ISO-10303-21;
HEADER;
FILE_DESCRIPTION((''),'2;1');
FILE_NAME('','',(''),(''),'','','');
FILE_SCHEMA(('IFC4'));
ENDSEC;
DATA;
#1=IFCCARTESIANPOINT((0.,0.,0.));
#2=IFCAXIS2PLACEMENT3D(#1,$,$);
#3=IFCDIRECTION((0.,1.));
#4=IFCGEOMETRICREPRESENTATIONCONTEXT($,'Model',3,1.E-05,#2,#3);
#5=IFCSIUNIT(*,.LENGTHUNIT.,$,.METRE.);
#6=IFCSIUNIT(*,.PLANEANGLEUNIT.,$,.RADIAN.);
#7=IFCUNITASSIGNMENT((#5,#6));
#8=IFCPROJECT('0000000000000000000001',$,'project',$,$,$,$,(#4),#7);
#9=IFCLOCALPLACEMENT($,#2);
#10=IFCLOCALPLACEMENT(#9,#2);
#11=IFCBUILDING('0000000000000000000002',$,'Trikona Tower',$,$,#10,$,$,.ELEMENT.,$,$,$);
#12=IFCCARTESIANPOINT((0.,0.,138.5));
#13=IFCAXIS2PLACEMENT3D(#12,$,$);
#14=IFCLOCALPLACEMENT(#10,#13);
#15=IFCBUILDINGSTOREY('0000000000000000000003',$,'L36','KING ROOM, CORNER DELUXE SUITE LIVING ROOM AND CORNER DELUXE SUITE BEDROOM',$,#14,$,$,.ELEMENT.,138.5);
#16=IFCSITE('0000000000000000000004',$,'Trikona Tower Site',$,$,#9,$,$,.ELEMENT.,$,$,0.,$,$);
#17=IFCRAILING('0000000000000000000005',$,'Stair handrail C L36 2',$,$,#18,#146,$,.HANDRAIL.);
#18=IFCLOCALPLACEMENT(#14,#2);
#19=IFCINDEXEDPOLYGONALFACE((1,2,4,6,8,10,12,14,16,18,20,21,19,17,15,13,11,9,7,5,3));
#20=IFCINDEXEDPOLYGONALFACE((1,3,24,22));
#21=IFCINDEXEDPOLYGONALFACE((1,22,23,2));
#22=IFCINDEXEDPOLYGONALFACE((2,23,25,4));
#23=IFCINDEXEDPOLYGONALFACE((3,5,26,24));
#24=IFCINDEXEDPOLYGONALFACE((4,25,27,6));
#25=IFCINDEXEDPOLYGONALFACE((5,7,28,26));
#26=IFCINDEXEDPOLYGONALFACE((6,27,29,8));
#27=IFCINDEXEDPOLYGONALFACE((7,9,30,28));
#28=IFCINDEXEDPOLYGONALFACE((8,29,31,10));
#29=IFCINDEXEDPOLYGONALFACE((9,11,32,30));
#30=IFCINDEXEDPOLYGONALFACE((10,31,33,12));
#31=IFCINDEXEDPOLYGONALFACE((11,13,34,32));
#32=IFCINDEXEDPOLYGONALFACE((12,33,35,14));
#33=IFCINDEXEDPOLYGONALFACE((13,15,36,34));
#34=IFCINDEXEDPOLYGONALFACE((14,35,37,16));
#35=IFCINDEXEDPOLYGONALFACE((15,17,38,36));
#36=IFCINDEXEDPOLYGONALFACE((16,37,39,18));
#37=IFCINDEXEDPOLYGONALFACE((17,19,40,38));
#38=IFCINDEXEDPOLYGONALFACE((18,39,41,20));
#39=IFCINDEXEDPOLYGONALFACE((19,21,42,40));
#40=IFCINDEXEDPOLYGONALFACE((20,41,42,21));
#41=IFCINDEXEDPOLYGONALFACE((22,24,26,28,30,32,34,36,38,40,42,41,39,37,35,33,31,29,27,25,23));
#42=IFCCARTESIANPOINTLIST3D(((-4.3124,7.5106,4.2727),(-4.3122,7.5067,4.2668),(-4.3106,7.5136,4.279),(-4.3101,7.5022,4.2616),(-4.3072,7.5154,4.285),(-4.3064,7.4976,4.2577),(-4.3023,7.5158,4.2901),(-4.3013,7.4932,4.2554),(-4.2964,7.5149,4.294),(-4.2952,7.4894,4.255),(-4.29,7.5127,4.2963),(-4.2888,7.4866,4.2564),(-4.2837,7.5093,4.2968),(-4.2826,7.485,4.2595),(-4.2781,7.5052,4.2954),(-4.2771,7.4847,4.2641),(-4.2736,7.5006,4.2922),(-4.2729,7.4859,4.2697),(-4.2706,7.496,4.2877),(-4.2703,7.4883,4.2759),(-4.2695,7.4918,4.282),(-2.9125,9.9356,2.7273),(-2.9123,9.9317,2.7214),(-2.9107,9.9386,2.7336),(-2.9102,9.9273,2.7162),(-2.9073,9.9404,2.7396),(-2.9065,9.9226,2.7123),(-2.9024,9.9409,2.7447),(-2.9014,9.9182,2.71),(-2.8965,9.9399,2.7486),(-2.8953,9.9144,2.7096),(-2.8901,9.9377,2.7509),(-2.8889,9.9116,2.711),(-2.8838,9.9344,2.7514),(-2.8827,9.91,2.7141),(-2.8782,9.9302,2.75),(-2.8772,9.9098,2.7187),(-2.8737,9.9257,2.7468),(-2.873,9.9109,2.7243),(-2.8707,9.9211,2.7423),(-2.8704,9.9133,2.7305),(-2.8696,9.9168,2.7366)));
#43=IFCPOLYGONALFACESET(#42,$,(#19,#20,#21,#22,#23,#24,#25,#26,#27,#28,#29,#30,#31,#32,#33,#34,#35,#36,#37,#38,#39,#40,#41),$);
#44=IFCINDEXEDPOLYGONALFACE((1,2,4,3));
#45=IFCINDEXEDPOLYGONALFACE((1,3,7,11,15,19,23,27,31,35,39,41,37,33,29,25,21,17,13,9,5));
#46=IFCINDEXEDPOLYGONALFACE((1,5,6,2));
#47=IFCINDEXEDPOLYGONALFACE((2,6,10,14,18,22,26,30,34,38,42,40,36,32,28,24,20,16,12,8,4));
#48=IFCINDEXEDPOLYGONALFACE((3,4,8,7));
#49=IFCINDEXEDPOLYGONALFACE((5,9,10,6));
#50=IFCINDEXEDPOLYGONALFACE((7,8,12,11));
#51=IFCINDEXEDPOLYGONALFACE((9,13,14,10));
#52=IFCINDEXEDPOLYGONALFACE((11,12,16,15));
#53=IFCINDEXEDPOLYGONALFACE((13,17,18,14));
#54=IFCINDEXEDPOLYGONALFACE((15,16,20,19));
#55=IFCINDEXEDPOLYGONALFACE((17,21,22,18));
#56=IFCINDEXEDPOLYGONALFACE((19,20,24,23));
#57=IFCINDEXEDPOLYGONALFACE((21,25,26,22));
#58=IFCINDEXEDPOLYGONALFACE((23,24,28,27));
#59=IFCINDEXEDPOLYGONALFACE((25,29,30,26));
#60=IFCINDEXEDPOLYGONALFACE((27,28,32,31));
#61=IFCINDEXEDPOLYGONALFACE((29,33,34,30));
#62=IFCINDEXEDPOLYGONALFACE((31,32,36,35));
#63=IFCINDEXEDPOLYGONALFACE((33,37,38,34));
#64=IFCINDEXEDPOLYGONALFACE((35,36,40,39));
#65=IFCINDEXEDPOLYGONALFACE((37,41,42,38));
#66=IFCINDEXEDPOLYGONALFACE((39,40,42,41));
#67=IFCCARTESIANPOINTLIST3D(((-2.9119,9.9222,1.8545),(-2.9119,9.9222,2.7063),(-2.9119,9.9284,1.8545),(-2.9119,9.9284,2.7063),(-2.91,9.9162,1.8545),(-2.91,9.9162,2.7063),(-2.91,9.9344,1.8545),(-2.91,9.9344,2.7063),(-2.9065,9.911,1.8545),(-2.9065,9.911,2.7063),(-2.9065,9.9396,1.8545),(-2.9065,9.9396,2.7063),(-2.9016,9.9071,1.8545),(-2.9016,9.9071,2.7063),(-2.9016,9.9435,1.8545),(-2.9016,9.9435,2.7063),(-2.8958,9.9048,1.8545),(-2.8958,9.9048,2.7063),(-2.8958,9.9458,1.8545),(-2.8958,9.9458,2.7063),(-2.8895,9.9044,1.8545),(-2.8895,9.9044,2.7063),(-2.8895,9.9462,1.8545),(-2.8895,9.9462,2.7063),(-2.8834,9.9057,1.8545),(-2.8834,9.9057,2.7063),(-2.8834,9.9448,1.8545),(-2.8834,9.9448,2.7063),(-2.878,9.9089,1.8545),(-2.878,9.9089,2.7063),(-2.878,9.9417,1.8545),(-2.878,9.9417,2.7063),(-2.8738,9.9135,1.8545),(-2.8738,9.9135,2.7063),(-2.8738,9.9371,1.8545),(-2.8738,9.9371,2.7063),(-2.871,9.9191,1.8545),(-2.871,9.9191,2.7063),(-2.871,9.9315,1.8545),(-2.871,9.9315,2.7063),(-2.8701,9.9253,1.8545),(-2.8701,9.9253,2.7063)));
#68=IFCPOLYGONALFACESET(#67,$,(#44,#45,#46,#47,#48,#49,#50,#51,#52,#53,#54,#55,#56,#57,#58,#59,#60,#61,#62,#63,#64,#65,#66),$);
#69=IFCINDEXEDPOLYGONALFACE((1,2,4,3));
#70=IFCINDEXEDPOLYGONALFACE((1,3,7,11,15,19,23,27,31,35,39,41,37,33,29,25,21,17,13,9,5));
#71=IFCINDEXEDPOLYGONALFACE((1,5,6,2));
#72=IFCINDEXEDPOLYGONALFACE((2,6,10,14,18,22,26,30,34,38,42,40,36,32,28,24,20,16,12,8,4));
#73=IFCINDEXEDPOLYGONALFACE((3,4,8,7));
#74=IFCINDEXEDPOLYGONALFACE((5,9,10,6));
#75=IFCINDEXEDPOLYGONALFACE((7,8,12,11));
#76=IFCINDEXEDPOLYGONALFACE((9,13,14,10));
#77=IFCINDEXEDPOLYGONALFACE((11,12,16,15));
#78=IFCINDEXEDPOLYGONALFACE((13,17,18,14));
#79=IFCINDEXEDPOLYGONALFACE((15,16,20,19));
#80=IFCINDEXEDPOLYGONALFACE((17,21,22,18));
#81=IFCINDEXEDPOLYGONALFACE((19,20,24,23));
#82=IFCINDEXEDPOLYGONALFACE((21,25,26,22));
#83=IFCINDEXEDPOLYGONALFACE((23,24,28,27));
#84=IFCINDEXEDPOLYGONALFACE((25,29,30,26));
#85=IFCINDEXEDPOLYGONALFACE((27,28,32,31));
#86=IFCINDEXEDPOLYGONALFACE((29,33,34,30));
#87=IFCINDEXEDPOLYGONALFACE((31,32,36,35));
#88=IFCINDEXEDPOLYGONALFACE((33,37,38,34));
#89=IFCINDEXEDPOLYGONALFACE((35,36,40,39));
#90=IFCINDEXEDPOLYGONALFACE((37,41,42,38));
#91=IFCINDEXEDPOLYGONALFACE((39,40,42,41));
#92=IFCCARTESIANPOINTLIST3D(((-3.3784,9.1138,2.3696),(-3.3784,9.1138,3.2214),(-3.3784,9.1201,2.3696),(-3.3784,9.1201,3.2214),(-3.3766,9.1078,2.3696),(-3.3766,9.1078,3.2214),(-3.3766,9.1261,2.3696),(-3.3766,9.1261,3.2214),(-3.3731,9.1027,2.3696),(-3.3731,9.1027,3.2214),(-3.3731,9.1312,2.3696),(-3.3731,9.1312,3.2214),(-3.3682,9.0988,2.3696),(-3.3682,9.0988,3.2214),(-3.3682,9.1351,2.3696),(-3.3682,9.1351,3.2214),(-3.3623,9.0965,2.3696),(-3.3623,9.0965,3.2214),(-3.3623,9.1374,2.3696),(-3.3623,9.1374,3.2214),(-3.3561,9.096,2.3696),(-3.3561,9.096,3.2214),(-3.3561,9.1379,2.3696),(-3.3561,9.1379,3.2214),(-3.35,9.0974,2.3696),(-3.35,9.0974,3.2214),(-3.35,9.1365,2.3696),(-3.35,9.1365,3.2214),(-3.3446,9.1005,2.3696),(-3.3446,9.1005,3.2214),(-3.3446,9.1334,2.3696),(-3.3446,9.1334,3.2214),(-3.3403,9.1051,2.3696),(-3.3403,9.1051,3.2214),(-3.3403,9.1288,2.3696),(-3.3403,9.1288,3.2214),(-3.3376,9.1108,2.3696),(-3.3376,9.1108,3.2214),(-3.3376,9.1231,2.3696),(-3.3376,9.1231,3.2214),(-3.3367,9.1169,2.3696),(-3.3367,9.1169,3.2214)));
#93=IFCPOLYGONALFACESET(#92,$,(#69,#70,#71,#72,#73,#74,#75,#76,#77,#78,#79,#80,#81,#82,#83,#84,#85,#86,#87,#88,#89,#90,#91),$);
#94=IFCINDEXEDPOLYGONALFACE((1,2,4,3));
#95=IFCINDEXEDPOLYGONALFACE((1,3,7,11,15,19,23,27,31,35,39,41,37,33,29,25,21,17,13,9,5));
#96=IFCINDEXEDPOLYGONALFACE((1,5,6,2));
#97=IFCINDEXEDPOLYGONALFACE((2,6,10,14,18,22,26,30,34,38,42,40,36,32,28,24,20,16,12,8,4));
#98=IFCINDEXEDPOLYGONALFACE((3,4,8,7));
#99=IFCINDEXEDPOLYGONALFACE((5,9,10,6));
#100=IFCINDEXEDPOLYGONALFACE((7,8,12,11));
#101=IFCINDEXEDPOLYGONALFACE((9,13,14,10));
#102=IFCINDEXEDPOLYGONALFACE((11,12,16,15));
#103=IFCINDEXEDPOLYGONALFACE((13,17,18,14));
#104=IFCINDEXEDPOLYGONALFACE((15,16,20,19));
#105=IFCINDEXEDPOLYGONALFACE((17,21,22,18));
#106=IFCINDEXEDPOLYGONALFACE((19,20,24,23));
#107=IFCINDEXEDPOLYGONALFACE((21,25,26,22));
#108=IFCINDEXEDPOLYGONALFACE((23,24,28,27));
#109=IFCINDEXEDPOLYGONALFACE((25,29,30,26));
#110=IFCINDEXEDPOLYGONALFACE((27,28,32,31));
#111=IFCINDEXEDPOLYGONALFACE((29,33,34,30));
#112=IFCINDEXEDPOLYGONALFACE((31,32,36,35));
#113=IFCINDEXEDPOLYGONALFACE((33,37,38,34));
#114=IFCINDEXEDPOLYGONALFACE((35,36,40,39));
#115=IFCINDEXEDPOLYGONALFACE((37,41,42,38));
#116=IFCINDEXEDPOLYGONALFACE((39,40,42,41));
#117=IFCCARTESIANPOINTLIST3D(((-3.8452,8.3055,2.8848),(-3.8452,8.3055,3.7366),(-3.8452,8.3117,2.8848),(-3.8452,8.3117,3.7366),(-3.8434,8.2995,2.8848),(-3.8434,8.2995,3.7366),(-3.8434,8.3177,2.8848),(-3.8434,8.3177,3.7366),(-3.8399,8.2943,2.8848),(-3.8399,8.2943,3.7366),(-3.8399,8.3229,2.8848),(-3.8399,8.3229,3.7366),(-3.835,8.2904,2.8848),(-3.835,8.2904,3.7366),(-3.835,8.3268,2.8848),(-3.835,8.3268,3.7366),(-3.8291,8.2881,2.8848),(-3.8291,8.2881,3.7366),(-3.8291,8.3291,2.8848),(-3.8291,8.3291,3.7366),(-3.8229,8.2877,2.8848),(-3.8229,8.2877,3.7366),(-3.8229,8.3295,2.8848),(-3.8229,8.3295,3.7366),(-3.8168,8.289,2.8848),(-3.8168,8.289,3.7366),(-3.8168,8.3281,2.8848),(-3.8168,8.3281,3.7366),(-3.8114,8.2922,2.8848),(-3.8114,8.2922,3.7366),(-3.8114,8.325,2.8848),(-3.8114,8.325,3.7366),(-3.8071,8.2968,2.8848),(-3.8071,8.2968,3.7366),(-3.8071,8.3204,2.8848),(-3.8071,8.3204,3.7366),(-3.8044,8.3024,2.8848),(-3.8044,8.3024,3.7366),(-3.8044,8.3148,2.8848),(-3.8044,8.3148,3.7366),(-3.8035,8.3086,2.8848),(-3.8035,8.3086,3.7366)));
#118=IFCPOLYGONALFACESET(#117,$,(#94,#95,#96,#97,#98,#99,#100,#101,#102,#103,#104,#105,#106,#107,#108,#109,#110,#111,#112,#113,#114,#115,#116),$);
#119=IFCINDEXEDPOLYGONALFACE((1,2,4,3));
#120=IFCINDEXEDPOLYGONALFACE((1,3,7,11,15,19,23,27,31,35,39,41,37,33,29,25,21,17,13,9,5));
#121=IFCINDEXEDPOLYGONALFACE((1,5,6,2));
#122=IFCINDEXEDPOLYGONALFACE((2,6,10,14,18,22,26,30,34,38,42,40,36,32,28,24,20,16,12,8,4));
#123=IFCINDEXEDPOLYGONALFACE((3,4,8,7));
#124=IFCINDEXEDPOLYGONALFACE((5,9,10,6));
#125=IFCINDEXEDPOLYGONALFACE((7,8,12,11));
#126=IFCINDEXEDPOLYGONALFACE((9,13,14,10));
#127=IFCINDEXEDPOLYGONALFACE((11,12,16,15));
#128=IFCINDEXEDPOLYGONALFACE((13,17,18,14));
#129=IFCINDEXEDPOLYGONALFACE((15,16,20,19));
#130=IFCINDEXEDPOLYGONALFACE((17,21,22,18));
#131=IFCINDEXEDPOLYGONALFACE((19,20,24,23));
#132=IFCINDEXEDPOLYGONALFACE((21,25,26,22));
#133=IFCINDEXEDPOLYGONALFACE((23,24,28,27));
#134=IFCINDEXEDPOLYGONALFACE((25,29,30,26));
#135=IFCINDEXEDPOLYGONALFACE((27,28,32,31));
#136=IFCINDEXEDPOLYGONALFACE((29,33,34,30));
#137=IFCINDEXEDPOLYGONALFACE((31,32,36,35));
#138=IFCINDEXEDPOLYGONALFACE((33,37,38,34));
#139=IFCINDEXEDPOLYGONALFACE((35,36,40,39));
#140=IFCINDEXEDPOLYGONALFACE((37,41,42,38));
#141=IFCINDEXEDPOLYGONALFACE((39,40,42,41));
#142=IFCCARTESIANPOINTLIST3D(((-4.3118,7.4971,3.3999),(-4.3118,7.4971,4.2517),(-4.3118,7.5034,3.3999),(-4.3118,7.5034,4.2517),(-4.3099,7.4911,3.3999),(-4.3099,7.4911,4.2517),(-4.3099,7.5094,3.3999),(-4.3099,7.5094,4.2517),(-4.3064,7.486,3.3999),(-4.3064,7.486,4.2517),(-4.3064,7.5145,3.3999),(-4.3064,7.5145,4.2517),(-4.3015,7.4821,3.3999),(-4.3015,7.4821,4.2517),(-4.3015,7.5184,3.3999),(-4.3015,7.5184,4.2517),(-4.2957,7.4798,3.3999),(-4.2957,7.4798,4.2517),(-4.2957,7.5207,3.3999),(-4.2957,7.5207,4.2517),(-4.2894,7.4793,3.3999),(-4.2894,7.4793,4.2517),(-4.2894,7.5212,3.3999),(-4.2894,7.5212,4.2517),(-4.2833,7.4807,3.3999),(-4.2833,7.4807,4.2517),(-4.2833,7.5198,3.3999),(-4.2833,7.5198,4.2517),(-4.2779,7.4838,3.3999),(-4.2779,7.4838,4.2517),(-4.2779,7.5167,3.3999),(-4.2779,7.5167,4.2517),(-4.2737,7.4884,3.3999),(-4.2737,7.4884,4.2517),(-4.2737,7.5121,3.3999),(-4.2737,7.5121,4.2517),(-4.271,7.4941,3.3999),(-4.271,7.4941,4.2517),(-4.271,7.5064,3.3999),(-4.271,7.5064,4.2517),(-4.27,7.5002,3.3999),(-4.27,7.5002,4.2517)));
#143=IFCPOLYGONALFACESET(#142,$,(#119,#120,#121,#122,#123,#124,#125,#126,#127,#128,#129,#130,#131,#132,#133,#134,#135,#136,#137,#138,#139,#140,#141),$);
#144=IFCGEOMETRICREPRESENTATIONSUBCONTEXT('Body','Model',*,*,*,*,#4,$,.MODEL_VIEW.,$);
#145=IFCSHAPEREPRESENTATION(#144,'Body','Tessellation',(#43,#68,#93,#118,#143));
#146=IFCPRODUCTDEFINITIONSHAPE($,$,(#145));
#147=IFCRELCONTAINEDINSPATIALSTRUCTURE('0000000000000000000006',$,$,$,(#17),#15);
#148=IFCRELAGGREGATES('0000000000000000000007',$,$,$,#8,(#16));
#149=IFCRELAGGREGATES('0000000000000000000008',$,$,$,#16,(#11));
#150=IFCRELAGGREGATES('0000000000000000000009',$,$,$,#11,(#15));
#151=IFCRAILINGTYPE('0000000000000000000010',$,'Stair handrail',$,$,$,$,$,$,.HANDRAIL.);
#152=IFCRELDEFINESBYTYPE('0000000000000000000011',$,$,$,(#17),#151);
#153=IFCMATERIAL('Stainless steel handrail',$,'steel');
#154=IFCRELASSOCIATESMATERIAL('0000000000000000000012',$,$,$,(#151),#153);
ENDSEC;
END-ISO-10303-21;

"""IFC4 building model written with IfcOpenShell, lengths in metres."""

from ifc_helpers import new_model, si_unit, direction, frame, origin, origin_2d, place, context, subcontext, project, spatial, circle, extrude, material, type_object, element, save


model = new_model("IFC4")

# Units and contexts
model_context = context("Model", 3, precision=1e-05, world=origin(), true_north=direction((0.0, 1.0)))
body_context = subcontext(model_context, "Body", "Model", "MODEL_VIEW")
ifc_project = project(units=[si_unit("LENGTHUNIT", "METRE"), si_unit("PLANEANGLEUNIT", "RADIAN")], contexts=[model_context])

# Site, building, storey
site_placement = place(None, origin())
site = spatial("IfcSite", under=ifc_project, at=site_placement, Name="Trikona Tower Site", CompositionType="ELEMENT", RefElevation=0.0)
building_placement = place(site_placement, origin())
building = spatial("IfcBuilding", under=site, at=building_placement, Name="Trikona Tower", CompositionType="ELEMENT")
storey_placement = place(building_placement, frame((0.0, 0.0, 138.5)))
storey = spatial("IfcBuildingStorey", under=building, at=storey_placement, Name="L36", Description="KING ROOM, CORNER DELUXE SUITE LIVING ROOM AND CORNER DELUXE SUITE BEDROOM", CompositionType="ELEMENT", Elevation=138.5)

# Railing
ifc_material_1 = material(Name="Stainless steel handrail", Category="steel")
railing_type = type_object("IfcRailingType", Name="Stair handrail", PredefinedType="HANDRAIL", material=ifc_material_1)
railing_1_placement = place(storey_placement, frame((-2.8911, 9.9253, 1.8545)))
element("IfcRailing", 1, at=railing_1_placement, inside=storey, type_object=railing_type, Name="Stair handrail C L36 2", PredefinedType="HANDRAIL", context=body_context, shape_type="SweptSolid", body=[
    extrude(circle(Radius=0.0239, at=origin_2d()), frame((0.0, 0.0, 0.876), z_axis=(-0.437707, -0.75824, 0.483203), x_axis=(0.866056, -0.499946, 0.0)), (0.0, 0.0, 1.0), 3.1982),
    extrude(circle(Radius=0.021, at=origin_2d()), origin(), (0.0, 0.0, 1.0), 0.8518),
    extrude(circle(Radius=0.021, at=origin_2d()), frame((-0.4666, -0.8083, 0.5151)), (0.0, 0.0, 1.0), 0.8518),
    extrude(circle(Radius=0.021, at=origin_2d()), frame((-0.9333, -1.6167, 1.0303)), (0.0, 0.0, 1.0), 0.8518),
    extrude(circle(Radius=0.021, at=origin_2d()), frame((-1.3999, -2.425, 1.5454)), (0.0, 0.0, 1.0), 0.8518),
])

save(model, "model.ifc")
